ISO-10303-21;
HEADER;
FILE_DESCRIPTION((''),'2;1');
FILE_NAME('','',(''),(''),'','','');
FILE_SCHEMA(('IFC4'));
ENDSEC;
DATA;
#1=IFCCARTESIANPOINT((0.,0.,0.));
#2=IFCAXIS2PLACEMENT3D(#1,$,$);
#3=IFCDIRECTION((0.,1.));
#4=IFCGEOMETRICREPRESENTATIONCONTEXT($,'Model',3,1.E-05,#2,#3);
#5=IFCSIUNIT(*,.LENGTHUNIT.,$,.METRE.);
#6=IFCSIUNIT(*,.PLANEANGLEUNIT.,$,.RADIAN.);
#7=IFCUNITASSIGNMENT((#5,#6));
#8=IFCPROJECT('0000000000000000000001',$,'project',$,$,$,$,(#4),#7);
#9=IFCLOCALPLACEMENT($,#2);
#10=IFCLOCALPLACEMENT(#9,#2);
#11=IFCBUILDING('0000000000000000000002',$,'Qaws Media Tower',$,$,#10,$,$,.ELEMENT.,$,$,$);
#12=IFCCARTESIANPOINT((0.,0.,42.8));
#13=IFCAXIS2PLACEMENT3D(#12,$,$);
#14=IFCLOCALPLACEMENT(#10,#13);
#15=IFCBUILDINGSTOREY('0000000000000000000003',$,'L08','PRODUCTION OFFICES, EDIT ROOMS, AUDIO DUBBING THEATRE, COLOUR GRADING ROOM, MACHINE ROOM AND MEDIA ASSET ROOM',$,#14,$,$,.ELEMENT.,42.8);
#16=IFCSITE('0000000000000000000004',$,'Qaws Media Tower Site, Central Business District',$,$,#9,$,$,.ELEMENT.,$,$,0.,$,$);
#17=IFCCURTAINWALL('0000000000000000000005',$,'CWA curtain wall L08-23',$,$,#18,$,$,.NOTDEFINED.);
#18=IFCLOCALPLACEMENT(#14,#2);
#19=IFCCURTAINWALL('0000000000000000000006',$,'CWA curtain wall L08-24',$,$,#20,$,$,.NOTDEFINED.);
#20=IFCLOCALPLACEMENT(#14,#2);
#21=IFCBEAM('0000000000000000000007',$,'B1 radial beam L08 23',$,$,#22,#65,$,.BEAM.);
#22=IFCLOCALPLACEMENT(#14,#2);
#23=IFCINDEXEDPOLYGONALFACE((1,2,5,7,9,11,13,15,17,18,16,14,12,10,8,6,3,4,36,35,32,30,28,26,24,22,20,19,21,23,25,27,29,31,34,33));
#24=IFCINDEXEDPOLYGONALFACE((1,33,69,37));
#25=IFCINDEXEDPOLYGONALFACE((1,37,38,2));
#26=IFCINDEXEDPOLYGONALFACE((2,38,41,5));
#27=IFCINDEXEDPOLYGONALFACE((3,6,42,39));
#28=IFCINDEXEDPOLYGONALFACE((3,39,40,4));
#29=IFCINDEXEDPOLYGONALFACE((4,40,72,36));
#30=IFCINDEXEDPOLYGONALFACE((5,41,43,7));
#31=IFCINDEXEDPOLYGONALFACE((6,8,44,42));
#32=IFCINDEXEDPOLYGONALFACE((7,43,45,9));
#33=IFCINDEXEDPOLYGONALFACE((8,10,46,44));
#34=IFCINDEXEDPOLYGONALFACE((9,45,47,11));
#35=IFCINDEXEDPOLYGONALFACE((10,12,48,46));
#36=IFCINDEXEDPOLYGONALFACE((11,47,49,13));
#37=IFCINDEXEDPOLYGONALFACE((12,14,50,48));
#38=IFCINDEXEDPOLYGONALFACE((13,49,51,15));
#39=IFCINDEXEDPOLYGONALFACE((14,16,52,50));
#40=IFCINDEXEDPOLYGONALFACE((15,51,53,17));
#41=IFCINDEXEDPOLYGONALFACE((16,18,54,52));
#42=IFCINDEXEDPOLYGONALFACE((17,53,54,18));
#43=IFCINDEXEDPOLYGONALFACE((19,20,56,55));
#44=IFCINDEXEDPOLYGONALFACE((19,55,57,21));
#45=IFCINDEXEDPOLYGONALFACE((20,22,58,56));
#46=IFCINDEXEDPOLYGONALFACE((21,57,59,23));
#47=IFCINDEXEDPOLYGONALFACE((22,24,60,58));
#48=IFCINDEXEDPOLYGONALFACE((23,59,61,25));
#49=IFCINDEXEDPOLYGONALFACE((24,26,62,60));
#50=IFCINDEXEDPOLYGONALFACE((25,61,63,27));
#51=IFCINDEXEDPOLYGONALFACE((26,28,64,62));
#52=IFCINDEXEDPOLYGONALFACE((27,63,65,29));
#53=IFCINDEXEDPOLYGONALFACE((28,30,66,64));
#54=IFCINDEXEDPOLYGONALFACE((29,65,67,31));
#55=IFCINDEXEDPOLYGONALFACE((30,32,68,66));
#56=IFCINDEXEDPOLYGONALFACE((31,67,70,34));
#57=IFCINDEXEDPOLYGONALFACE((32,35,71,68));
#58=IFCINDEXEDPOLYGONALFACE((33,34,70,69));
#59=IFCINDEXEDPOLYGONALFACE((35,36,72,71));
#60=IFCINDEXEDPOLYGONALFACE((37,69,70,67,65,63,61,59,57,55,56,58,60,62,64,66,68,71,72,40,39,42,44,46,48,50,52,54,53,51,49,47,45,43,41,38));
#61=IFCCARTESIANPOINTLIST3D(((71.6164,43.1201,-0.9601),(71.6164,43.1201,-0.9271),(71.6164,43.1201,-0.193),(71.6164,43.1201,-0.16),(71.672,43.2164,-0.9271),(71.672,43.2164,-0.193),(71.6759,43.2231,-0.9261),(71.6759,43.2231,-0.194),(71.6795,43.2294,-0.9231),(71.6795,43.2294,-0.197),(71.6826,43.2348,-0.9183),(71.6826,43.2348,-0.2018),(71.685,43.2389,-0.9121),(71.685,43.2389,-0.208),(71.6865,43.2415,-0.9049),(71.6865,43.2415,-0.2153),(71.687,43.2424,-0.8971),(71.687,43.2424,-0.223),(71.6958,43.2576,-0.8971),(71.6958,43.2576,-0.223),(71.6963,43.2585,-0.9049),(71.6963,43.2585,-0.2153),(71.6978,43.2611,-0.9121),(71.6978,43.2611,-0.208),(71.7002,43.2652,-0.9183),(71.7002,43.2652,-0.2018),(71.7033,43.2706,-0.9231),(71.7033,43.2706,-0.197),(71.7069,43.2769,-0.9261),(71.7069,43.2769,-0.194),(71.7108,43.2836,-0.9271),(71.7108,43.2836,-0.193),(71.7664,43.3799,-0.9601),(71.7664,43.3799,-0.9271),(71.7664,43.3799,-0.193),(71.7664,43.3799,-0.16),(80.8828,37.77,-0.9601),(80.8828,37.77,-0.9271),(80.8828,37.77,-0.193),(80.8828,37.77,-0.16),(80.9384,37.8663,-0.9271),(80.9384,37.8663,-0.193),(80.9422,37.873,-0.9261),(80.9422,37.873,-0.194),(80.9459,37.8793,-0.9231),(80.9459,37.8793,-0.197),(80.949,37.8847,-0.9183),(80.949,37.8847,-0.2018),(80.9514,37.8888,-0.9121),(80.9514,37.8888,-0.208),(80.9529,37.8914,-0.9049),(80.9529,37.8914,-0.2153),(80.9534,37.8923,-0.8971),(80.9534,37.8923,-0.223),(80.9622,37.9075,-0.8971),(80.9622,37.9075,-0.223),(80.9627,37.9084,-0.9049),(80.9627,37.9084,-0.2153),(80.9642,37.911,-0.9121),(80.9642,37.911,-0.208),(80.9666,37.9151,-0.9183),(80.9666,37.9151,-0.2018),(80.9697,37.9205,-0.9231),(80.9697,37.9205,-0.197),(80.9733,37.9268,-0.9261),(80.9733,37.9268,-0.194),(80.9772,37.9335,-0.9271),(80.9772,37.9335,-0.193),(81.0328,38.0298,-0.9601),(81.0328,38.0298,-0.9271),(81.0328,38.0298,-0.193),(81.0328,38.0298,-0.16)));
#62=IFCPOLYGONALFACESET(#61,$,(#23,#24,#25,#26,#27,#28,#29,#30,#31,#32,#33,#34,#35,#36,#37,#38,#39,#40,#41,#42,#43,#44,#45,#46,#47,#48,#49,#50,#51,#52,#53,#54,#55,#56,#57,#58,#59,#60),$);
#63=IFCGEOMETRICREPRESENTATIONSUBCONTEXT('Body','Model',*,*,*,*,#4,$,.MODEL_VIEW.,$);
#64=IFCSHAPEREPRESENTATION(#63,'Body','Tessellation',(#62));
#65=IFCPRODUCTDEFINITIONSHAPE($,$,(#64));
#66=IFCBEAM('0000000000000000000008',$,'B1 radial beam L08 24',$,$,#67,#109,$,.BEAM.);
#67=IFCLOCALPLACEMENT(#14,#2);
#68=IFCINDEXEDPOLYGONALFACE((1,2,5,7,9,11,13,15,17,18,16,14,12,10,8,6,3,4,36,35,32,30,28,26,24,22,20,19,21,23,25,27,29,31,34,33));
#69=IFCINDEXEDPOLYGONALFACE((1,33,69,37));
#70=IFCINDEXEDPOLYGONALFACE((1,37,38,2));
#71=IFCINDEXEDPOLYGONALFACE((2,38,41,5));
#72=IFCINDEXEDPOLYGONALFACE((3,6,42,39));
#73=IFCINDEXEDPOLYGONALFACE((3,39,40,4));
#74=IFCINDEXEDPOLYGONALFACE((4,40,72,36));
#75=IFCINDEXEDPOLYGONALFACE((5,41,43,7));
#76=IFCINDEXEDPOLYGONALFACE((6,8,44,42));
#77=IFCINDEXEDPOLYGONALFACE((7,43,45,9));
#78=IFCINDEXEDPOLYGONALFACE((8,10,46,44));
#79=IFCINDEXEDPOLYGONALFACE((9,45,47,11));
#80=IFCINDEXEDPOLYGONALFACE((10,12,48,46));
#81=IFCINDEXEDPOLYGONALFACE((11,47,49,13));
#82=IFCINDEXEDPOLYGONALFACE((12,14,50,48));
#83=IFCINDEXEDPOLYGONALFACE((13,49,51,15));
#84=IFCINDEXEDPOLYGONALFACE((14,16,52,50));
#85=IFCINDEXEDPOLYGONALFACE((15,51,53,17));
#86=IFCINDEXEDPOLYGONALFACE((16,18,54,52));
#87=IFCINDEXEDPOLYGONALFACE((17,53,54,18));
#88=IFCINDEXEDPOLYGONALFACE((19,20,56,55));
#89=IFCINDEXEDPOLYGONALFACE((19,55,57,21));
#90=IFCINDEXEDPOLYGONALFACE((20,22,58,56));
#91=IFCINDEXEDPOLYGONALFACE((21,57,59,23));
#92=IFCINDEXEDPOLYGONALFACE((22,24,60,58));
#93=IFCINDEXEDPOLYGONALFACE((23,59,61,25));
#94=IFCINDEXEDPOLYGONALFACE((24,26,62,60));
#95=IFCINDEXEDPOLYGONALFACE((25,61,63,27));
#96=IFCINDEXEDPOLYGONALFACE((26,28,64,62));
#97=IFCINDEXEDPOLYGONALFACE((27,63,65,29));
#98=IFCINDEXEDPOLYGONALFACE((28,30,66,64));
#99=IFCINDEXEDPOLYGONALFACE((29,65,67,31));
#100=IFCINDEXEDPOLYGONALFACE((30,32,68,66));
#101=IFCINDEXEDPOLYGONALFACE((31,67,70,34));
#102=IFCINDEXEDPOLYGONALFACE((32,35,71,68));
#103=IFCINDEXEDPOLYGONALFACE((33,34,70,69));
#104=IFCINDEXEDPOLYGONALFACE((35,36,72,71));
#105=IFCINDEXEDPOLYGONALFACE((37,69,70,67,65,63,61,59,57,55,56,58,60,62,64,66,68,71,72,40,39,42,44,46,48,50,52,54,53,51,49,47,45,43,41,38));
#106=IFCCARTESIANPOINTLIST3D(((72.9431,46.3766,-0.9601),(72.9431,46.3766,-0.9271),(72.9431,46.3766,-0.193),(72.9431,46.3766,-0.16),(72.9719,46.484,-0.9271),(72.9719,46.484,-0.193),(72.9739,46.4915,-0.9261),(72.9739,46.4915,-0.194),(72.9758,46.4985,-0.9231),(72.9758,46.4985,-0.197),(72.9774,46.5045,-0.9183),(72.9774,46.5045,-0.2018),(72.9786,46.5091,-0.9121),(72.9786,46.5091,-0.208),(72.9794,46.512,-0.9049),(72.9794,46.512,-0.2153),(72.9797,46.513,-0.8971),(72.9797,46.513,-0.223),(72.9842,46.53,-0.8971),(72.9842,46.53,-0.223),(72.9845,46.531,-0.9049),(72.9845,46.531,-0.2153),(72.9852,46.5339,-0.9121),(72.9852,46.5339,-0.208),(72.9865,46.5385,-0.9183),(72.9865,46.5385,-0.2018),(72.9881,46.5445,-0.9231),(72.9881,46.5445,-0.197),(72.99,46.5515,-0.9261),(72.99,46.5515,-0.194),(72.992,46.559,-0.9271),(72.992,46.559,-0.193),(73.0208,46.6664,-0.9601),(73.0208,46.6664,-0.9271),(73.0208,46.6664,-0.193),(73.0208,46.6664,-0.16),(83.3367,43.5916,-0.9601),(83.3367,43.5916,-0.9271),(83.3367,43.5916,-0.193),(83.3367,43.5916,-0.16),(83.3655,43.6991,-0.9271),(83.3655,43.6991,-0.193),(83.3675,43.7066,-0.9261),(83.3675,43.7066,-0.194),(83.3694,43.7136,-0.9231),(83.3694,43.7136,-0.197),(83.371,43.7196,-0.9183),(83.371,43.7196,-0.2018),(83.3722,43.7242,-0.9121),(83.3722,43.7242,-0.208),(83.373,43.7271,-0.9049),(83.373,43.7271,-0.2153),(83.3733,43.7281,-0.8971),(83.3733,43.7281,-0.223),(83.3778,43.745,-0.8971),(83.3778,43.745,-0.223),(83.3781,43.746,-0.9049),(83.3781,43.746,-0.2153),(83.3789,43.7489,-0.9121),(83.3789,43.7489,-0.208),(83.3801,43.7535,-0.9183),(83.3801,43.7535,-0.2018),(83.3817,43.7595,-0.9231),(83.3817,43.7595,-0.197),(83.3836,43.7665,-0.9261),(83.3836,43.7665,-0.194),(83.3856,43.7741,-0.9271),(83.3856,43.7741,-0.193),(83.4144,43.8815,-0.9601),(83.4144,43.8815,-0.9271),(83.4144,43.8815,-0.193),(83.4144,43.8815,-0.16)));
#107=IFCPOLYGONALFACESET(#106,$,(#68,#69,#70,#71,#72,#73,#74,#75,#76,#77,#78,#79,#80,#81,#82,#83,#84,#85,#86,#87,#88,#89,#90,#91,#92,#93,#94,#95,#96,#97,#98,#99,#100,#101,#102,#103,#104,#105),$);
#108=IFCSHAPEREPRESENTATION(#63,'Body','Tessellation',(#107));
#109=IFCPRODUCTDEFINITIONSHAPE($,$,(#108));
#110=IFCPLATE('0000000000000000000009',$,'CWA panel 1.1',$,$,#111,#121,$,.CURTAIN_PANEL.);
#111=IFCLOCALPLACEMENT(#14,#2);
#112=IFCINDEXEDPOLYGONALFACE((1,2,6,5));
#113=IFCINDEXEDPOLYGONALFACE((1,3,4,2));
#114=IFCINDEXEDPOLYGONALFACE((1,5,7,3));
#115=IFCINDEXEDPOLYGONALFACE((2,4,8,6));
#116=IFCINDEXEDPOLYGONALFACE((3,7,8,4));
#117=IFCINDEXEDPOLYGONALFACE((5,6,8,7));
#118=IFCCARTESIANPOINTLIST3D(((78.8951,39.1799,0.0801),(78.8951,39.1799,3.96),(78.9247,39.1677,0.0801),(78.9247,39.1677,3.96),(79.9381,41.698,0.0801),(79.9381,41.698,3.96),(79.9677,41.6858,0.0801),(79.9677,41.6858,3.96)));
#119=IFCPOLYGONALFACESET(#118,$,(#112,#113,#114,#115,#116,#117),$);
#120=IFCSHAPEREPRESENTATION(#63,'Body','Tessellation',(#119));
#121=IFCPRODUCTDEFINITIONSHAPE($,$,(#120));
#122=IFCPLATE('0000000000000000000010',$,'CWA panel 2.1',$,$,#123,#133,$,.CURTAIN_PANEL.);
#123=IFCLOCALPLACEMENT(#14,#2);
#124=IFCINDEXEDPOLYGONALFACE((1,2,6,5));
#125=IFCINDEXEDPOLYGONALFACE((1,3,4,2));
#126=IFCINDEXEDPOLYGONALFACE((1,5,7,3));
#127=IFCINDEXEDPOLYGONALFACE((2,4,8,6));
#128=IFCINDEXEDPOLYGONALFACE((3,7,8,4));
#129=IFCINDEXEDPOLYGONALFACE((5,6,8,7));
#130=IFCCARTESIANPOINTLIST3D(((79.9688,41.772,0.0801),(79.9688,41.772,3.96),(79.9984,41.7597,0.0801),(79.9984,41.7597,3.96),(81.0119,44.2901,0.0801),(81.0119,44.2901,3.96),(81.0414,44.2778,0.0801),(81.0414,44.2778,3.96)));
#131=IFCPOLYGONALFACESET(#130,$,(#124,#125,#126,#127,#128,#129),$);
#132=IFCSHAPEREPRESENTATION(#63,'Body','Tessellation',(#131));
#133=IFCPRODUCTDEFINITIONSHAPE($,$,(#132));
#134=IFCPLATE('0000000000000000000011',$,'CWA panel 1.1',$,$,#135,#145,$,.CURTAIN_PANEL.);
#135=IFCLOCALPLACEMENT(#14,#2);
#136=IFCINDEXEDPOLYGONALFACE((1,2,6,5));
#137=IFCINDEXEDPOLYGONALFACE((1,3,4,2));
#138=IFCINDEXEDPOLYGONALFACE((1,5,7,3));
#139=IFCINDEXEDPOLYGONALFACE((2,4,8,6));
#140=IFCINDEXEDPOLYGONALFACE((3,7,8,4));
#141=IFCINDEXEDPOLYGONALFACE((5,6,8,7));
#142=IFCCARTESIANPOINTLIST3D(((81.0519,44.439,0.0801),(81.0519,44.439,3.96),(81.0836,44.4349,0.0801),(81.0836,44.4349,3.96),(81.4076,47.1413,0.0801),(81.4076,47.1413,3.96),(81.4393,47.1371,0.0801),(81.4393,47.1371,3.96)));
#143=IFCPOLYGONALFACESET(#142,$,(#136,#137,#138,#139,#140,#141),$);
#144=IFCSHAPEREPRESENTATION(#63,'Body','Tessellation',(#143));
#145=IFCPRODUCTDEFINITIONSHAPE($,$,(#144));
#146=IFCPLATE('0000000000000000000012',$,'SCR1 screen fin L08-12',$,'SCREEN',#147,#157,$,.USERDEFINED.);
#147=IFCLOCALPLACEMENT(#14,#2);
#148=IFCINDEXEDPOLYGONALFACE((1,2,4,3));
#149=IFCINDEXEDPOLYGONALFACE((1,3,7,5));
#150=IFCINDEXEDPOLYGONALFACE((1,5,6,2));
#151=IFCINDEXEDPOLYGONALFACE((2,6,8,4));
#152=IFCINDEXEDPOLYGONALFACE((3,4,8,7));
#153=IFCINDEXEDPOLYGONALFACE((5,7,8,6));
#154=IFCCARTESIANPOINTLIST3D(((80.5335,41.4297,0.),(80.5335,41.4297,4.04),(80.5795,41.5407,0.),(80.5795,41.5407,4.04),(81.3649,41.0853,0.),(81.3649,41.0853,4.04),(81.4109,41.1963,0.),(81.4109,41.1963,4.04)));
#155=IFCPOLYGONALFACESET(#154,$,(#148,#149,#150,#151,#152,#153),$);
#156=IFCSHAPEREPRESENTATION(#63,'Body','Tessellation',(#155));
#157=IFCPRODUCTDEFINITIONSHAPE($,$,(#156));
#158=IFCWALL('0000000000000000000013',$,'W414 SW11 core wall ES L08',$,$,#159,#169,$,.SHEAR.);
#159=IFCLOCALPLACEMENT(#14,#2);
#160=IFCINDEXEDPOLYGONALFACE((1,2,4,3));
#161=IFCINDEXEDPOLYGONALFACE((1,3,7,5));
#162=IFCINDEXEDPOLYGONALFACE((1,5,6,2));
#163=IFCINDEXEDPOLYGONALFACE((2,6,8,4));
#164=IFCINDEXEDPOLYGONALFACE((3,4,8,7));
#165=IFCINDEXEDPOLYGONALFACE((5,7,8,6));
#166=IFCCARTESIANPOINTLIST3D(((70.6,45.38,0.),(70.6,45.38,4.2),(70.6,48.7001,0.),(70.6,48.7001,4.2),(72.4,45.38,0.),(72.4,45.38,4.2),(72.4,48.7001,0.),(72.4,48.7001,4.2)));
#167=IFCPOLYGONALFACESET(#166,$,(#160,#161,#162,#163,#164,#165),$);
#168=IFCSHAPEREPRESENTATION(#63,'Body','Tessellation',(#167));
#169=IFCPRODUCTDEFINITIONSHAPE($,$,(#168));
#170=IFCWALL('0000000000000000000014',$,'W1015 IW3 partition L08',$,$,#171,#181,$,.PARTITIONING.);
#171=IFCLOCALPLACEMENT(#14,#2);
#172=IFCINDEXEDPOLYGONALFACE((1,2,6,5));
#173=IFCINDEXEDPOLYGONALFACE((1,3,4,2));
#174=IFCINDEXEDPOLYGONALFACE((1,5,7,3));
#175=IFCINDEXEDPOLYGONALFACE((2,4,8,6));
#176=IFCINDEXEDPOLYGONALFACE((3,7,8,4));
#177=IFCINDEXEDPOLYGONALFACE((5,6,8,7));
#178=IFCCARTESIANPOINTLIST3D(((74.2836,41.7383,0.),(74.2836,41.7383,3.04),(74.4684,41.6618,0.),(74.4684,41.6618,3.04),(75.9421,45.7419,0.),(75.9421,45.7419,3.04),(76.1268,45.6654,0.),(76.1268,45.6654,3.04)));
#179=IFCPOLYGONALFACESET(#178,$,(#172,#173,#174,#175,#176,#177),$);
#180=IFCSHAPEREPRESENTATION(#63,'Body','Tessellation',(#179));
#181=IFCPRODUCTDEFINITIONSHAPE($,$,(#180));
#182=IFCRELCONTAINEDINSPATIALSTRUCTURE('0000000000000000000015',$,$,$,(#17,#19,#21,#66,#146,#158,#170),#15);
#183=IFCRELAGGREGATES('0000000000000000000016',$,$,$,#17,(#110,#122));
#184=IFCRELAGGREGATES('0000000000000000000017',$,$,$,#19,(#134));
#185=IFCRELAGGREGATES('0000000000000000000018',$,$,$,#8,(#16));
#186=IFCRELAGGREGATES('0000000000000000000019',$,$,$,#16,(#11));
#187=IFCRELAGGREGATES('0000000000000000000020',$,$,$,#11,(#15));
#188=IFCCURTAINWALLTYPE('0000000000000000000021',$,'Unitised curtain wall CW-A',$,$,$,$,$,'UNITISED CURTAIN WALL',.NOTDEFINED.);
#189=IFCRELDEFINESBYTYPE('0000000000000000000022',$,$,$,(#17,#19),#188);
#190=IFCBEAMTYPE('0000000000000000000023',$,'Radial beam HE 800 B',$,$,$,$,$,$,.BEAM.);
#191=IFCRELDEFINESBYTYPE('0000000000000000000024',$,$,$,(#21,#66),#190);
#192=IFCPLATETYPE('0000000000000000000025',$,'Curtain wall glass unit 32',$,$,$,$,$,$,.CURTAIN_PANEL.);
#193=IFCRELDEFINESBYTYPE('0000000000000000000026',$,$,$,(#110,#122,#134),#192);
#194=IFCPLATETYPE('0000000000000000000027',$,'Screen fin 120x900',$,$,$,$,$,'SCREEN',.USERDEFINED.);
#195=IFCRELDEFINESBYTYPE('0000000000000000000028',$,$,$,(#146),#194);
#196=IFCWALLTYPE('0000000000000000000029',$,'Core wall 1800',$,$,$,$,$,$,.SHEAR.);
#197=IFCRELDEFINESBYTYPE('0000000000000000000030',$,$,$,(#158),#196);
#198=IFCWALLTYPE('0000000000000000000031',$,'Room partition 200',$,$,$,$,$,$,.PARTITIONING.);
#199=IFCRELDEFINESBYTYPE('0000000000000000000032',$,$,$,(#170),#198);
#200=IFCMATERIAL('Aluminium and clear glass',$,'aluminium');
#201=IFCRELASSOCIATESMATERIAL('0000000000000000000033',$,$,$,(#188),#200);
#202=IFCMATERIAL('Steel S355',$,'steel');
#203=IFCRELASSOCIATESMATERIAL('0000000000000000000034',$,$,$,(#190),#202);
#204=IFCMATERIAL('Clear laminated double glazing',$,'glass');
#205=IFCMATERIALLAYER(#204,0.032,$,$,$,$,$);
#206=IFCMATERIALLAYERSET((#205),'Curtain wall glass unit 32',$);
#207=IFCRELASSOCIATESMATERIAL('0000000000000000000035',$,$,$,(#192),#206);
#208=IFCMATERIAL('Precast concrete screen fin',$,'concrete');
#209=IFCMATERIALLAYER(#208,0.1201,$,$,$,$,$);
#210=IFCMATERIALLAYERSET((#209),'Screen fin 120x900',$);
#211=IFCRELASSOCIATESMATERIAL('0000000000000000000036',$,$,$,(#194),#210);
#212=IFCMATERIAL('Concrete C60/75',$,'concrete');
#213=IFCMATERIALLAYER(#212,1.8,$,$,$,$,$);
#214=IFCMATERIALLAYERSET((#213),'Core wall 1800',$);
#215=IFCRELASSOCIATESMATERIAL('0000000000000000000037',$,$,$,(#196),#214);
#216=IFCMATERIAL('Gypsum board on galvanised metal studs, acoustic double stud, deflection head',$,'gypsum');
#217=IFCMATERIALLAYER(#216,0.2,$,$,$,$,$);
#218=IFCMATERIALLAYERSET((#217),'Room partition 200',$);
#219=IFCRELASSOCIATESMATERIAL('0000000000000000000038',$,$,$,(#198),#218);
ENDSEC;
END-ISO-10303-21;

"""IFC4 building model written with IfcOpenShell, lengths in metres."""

from ifc_helpers import new_model, si_unit, direction, frame, frame_2d, origin, origin_2d, place, context, subcontext, project, spatial, rectangle, i_section, extrude, material, layer, layer_set, material_profile, profile_set, type_object, element, aggregate, save


model = new_model("IFC4")

# Units and contexts
model_context = context("Model", 3, precision=1e-05, world=origin(), true_north=direction((0.0, 1.0)))
body_context = subcontext(model_context, "Body", "Model", "MODEL_VIEW")
ifc_project = project(units=[si_unit("LENGTHUNIT", "METRE"), si_unit("PLANEANGLEUNIT", "RADIAN")], contexts=[model_context])

# Site, building, storey
site_placement = place(None, origin())
site = spatial("IfcSite", under=ifc_project, at=site_placement, Name="Qaws Media Tower Site, Central Business District", CompositionType="ELEMENT", RefElevation=0.0)
building_placement = place(site_placement, origin())
building = spatial("IfcBuilding", under=site, at=building_placement, Name="Qaws Media Tower", CompositionType="ELEMENT")
storey_placement = place(building_placement, frame((0.0, 0.0, 42.8)))
storey = spatial("IfcBuildingStorey", under=building, at=storey_placement, Name="L08", Description="PRODUCTION OFFICES, EDIT ROOMS, AUDIO DUBBING THEATRE, COLOUR GRADING ROOM, MACHINE ROOM AND MEDIA ASSET ROOM", CompositionType="ELEMENT", Elevation=42.8)

# Shared definitions
ifc_material_1 = material(Name="Aluminium and clear glass", Category="aluminium")
curtain_wall_type = type_object("IfcCurtainWallType", Name="Unitised curtain wall CW-A", ElementType="UNITISED CURTAIN WALL", PredefinedType="NOTDEFINED", material=ifc_material_1)

# Curtain walls
curtain_wall_1_placement = place(storey_placement, origin())
curtain_wall_1 = element("IfcCurtainWall", 1, at=curtain_wall_1_placement, inside=storey, type_object=curtain_wall_type, Name="CWA curtain wall L08-23", PredefinedType="NOTDEFINED")
curtain_wall_2_placement = place(storey_placement, origin())
curtain_wall_2 = element("IfcCurtainWall", 2, at=curtain_wall_2_placement, inside=storey, type_object=curtain_wall_type, Name="CWA curtain wall L08-24", PredefinedType="NOTDEFINED")

# Beams
ifc_material_2 = material(Name="Steel S355", Category="steel")
ifc_material_profile_1 = material_profile(ifc_material_2, i_section(OverallWidth=0.3, OverallDepth=0.8, WebThickness=0.0176, FlangeThickness=0.033, FilletRadius=0.03, at=origin_2d()), Name="HE 800 B")
ifc_profile_set_1 = profile_set([ifc_material_profile_1], Name="Steel S355")
beam_type_1 = type_object("IfcBeamType", Name="Radial beam HE 800 B", PredefinedType="BEAM", material=ifc_profile_set_1)
beam_1_placement = place(storey_placement, frame((71.6914, 43.25, -0.5601), z_axis=(0.866019, -0.500011, 0.0), x_axis=(0.500011, 0.866019, 0.0)))
element("IfcBeam", 3, at=beam_1_placement, inside=storey, type_object=beam_type_1, Name="B1 radial beam L08 23", PredefinedType="BEAM", context=body_context, shape_type="SweptSolid", body=[
    extrude(i_section(OverallWidth=0.3, OverallDepth=0.8, WebThickness=0.0176, FlangeThickness=0.033, FilletRadius=0.03, at=origin_2d()), origin(), (0.0, 0.0, 1.0), 10.7),
])
beam_2_placement = place(storey_placement, frame((72.9819, 46.5215, -0.5601), z_axis=(0.965927, -0.258816, 0.0), x_axis=(0.258816, 0.965927, 0.0)))
element("IfcBeam", 4, at=beam_2_placement, inside=storey, type_object=beam_type_1, Name="B1 radial beam L08 24", PredefinedType="BEAM", context=body_context, shape_type="SweptSolid", body=[
    extrude(i_section(OverallWidth=0.3, OverallDepth=0.8, WebThickness=0.0176, FlangeThickness=0.033, FilletRadius=0.03, at=origin_2d()), origin(), (0.0, 0.0, 1.0), 10.7603),
])

# Plates
ifc_material_3 = material(Name="Clear laminated double glazing", Category="glass")
ifc_layer_1 = layer(ifc_material_3, 0.032)
ifc_layer_set_1 = layer_set([ifc_layer_1], Name="Curtain wall glass unit 32")
plate_type_1 = type_object("IfcPlateType", Name="Curtain wall glass unit 32", PredefinedType="CURTAIN_PANEL", material=ifc_layer_set_1)
plate_1_placement = place(storey_placement, frame((79.4314, 40.4329, 0.0801), z_axis=(0.0, 0.0, 1.0), x_axis=(0.382683, 0.92388, 0.0)))
plate_1 = element("IfcPlate", 5, at=plate_1_placement, type_object=plate_type_1, Name="CWA panel 1.1", PredefinedType="CURTAIN_PANEL", context=body_context, shape_type="SweptSolid", body=[
    extrude(rectangle(XDim=2.7256, YDim=0.032, at=origin_2d()), origin(), (0.0, 0.0, 1.0), 3.8799),
])
plate_2_placement = place(storey_placement, frame((80.5051, 43.0249, 0.0801), z_axis=(0.0, 0.0, 1.0), x_axis=(0.382683, 0.92388, 0.0)))
plate_2 = element("IfcPlate", 6, at=plate_2_placement, type_object=plate_type_1, Name="CWA panel 2.1", PredefinedType="CURTAIN_PANEL", context=body_context, shape_type="SweptSolid", body=[
    extrude(rectangle(XDim=2.7256, YDim=0.032, at=origin_2d()), origin(), (0.0, 0.0, 1.0), 3.8799),
])
aggregate(curtain_wall_1, [plate_1, plate_2])
plate_3_placement = place(storey_placement, frame((81.2456, 45.7881, 0.0801), z_axis=(0.0, 0.0, 1.0), x_axis=(0.130526, 0.991445, 0.0)))
plate_3 = element("IfcPlate", 7, at=plate_3_placement, type_object=plate_type_1, Name="CWA panel 1.1", PredefinedType="CURTAIN_PANEL", context=body_context, shape_type="SweptSolid", body=[
    extrude(rectangle(XDim=2.7256, YDim=0.032, at=origin_2d()), origin(), (0.0, 0.0, 1.0), 3.8799),
])
aggregate(curtain_wall_2, [plate_3])
ifc_material_4 = material(Name="Precast concrete screen fin", Category="concrete")
ifc_layer_2 = layer(ifc_material_4, 0.1201)
ifc_layer_set_2 = layer_set([ifc_layer_2], Name="Screen fin 120x900")
plate_type_2 = type_object("IfcPlateType", Name="Screen fin 120x900", ElementType="SCREEN", PredefinedType="USERDEFINED", material=ifc_layer_set_2)
plate_4_placement = place(storey_placement, frame((80.9722, 41.313, 0.0), z_axis=(0.0, 0.0, 1.0), x_axis=(0.92388, -0.382683, 0.0)))
element("IfcPlate", 8, at=plate_4_placement, inside=storey, type_object=plate_type_2, Name="SCR1 screen fin L08-12", ObjectType="SCREEN", PredefinedType="USERDEFINED", context=body_context, shape_type="SweptSolid", body=[
    extrude(rectangle(XDim=0.8999, YDim=0.1201, at=origin_2d()), origin(), (0.0, 0.0, 1.0), 4.04),
])

# Walls
ifc_material_5 = material(Name="Concrete C60/75", Category="concrete")
ifc_layer_3 = layer(ifc_material_5, 1.8)
ifc_layer_set_3 = layer_set([ifc_layer_3], Name="Core wall 1800")
wall_type_1 = type_object("IfcWallType", Name="Core wall 1800", PredefinedType="SHEAR", material=ifc_layer_set_3)
wall_1_placement = place(storey_placement, frame((71.5, 45.3799, 0.0), z_axis=(0.0, 0.0, 1.0), x_axis=(0.0, 1.0, 0.0)))
element("IfcWall", 9, at=wall_1_placement, inside=storey, type_object=wall_type_1, Name="W414 SW11 core wall ES L08", PredefinedType="SHEAR", context=body_context, shape_type="SweptSolid", body=[
    extrude(rectangle(XDim=3.3201, YDim=1.8, at=frame_2d((1.6602, 0.0))), origin(), (0.0, 0.0, 1.0), 4.2),
])
ifc_material_6 = material(Name="Gypsum board on galvanised metal studs, acoustic double stud, deflection head", Category="gypsum")
ifc_layer_4 = layer(ifc_material_6, 0.2)
ifc_layer_set_4 = layer_set([ifc_layer_4], Name="Room partition 200")
wall_type_2 = type_object("IfcWallType", Name="Room partition 200", PredefinedType="PARTITIONING", material=ifc_layer_set_4)
wall_2_placement = place(storey_placement, frame((76.0344, 45.7036, 0.0), z_axis=(0.0, 0.0, 1.0), x_axis=(-0.382698, -0.923873, 0.0)))
element("IfcWall", 10, at=wall_2_placement, inside=storey, type_object=wall_type_2, Name="W1015 IW3 partition L08", PredefinedType="PARTITIONING", context=body_context, shape_type="SweptSolid", body=[
    extrude(rectangle(XDim=4.3335, YDim=0.2, at=frame_2d((2.1667, 0.0))), origin(), (0.0, 0.0, 1.0), 3.04),
])

save(model, "model.ifc")
